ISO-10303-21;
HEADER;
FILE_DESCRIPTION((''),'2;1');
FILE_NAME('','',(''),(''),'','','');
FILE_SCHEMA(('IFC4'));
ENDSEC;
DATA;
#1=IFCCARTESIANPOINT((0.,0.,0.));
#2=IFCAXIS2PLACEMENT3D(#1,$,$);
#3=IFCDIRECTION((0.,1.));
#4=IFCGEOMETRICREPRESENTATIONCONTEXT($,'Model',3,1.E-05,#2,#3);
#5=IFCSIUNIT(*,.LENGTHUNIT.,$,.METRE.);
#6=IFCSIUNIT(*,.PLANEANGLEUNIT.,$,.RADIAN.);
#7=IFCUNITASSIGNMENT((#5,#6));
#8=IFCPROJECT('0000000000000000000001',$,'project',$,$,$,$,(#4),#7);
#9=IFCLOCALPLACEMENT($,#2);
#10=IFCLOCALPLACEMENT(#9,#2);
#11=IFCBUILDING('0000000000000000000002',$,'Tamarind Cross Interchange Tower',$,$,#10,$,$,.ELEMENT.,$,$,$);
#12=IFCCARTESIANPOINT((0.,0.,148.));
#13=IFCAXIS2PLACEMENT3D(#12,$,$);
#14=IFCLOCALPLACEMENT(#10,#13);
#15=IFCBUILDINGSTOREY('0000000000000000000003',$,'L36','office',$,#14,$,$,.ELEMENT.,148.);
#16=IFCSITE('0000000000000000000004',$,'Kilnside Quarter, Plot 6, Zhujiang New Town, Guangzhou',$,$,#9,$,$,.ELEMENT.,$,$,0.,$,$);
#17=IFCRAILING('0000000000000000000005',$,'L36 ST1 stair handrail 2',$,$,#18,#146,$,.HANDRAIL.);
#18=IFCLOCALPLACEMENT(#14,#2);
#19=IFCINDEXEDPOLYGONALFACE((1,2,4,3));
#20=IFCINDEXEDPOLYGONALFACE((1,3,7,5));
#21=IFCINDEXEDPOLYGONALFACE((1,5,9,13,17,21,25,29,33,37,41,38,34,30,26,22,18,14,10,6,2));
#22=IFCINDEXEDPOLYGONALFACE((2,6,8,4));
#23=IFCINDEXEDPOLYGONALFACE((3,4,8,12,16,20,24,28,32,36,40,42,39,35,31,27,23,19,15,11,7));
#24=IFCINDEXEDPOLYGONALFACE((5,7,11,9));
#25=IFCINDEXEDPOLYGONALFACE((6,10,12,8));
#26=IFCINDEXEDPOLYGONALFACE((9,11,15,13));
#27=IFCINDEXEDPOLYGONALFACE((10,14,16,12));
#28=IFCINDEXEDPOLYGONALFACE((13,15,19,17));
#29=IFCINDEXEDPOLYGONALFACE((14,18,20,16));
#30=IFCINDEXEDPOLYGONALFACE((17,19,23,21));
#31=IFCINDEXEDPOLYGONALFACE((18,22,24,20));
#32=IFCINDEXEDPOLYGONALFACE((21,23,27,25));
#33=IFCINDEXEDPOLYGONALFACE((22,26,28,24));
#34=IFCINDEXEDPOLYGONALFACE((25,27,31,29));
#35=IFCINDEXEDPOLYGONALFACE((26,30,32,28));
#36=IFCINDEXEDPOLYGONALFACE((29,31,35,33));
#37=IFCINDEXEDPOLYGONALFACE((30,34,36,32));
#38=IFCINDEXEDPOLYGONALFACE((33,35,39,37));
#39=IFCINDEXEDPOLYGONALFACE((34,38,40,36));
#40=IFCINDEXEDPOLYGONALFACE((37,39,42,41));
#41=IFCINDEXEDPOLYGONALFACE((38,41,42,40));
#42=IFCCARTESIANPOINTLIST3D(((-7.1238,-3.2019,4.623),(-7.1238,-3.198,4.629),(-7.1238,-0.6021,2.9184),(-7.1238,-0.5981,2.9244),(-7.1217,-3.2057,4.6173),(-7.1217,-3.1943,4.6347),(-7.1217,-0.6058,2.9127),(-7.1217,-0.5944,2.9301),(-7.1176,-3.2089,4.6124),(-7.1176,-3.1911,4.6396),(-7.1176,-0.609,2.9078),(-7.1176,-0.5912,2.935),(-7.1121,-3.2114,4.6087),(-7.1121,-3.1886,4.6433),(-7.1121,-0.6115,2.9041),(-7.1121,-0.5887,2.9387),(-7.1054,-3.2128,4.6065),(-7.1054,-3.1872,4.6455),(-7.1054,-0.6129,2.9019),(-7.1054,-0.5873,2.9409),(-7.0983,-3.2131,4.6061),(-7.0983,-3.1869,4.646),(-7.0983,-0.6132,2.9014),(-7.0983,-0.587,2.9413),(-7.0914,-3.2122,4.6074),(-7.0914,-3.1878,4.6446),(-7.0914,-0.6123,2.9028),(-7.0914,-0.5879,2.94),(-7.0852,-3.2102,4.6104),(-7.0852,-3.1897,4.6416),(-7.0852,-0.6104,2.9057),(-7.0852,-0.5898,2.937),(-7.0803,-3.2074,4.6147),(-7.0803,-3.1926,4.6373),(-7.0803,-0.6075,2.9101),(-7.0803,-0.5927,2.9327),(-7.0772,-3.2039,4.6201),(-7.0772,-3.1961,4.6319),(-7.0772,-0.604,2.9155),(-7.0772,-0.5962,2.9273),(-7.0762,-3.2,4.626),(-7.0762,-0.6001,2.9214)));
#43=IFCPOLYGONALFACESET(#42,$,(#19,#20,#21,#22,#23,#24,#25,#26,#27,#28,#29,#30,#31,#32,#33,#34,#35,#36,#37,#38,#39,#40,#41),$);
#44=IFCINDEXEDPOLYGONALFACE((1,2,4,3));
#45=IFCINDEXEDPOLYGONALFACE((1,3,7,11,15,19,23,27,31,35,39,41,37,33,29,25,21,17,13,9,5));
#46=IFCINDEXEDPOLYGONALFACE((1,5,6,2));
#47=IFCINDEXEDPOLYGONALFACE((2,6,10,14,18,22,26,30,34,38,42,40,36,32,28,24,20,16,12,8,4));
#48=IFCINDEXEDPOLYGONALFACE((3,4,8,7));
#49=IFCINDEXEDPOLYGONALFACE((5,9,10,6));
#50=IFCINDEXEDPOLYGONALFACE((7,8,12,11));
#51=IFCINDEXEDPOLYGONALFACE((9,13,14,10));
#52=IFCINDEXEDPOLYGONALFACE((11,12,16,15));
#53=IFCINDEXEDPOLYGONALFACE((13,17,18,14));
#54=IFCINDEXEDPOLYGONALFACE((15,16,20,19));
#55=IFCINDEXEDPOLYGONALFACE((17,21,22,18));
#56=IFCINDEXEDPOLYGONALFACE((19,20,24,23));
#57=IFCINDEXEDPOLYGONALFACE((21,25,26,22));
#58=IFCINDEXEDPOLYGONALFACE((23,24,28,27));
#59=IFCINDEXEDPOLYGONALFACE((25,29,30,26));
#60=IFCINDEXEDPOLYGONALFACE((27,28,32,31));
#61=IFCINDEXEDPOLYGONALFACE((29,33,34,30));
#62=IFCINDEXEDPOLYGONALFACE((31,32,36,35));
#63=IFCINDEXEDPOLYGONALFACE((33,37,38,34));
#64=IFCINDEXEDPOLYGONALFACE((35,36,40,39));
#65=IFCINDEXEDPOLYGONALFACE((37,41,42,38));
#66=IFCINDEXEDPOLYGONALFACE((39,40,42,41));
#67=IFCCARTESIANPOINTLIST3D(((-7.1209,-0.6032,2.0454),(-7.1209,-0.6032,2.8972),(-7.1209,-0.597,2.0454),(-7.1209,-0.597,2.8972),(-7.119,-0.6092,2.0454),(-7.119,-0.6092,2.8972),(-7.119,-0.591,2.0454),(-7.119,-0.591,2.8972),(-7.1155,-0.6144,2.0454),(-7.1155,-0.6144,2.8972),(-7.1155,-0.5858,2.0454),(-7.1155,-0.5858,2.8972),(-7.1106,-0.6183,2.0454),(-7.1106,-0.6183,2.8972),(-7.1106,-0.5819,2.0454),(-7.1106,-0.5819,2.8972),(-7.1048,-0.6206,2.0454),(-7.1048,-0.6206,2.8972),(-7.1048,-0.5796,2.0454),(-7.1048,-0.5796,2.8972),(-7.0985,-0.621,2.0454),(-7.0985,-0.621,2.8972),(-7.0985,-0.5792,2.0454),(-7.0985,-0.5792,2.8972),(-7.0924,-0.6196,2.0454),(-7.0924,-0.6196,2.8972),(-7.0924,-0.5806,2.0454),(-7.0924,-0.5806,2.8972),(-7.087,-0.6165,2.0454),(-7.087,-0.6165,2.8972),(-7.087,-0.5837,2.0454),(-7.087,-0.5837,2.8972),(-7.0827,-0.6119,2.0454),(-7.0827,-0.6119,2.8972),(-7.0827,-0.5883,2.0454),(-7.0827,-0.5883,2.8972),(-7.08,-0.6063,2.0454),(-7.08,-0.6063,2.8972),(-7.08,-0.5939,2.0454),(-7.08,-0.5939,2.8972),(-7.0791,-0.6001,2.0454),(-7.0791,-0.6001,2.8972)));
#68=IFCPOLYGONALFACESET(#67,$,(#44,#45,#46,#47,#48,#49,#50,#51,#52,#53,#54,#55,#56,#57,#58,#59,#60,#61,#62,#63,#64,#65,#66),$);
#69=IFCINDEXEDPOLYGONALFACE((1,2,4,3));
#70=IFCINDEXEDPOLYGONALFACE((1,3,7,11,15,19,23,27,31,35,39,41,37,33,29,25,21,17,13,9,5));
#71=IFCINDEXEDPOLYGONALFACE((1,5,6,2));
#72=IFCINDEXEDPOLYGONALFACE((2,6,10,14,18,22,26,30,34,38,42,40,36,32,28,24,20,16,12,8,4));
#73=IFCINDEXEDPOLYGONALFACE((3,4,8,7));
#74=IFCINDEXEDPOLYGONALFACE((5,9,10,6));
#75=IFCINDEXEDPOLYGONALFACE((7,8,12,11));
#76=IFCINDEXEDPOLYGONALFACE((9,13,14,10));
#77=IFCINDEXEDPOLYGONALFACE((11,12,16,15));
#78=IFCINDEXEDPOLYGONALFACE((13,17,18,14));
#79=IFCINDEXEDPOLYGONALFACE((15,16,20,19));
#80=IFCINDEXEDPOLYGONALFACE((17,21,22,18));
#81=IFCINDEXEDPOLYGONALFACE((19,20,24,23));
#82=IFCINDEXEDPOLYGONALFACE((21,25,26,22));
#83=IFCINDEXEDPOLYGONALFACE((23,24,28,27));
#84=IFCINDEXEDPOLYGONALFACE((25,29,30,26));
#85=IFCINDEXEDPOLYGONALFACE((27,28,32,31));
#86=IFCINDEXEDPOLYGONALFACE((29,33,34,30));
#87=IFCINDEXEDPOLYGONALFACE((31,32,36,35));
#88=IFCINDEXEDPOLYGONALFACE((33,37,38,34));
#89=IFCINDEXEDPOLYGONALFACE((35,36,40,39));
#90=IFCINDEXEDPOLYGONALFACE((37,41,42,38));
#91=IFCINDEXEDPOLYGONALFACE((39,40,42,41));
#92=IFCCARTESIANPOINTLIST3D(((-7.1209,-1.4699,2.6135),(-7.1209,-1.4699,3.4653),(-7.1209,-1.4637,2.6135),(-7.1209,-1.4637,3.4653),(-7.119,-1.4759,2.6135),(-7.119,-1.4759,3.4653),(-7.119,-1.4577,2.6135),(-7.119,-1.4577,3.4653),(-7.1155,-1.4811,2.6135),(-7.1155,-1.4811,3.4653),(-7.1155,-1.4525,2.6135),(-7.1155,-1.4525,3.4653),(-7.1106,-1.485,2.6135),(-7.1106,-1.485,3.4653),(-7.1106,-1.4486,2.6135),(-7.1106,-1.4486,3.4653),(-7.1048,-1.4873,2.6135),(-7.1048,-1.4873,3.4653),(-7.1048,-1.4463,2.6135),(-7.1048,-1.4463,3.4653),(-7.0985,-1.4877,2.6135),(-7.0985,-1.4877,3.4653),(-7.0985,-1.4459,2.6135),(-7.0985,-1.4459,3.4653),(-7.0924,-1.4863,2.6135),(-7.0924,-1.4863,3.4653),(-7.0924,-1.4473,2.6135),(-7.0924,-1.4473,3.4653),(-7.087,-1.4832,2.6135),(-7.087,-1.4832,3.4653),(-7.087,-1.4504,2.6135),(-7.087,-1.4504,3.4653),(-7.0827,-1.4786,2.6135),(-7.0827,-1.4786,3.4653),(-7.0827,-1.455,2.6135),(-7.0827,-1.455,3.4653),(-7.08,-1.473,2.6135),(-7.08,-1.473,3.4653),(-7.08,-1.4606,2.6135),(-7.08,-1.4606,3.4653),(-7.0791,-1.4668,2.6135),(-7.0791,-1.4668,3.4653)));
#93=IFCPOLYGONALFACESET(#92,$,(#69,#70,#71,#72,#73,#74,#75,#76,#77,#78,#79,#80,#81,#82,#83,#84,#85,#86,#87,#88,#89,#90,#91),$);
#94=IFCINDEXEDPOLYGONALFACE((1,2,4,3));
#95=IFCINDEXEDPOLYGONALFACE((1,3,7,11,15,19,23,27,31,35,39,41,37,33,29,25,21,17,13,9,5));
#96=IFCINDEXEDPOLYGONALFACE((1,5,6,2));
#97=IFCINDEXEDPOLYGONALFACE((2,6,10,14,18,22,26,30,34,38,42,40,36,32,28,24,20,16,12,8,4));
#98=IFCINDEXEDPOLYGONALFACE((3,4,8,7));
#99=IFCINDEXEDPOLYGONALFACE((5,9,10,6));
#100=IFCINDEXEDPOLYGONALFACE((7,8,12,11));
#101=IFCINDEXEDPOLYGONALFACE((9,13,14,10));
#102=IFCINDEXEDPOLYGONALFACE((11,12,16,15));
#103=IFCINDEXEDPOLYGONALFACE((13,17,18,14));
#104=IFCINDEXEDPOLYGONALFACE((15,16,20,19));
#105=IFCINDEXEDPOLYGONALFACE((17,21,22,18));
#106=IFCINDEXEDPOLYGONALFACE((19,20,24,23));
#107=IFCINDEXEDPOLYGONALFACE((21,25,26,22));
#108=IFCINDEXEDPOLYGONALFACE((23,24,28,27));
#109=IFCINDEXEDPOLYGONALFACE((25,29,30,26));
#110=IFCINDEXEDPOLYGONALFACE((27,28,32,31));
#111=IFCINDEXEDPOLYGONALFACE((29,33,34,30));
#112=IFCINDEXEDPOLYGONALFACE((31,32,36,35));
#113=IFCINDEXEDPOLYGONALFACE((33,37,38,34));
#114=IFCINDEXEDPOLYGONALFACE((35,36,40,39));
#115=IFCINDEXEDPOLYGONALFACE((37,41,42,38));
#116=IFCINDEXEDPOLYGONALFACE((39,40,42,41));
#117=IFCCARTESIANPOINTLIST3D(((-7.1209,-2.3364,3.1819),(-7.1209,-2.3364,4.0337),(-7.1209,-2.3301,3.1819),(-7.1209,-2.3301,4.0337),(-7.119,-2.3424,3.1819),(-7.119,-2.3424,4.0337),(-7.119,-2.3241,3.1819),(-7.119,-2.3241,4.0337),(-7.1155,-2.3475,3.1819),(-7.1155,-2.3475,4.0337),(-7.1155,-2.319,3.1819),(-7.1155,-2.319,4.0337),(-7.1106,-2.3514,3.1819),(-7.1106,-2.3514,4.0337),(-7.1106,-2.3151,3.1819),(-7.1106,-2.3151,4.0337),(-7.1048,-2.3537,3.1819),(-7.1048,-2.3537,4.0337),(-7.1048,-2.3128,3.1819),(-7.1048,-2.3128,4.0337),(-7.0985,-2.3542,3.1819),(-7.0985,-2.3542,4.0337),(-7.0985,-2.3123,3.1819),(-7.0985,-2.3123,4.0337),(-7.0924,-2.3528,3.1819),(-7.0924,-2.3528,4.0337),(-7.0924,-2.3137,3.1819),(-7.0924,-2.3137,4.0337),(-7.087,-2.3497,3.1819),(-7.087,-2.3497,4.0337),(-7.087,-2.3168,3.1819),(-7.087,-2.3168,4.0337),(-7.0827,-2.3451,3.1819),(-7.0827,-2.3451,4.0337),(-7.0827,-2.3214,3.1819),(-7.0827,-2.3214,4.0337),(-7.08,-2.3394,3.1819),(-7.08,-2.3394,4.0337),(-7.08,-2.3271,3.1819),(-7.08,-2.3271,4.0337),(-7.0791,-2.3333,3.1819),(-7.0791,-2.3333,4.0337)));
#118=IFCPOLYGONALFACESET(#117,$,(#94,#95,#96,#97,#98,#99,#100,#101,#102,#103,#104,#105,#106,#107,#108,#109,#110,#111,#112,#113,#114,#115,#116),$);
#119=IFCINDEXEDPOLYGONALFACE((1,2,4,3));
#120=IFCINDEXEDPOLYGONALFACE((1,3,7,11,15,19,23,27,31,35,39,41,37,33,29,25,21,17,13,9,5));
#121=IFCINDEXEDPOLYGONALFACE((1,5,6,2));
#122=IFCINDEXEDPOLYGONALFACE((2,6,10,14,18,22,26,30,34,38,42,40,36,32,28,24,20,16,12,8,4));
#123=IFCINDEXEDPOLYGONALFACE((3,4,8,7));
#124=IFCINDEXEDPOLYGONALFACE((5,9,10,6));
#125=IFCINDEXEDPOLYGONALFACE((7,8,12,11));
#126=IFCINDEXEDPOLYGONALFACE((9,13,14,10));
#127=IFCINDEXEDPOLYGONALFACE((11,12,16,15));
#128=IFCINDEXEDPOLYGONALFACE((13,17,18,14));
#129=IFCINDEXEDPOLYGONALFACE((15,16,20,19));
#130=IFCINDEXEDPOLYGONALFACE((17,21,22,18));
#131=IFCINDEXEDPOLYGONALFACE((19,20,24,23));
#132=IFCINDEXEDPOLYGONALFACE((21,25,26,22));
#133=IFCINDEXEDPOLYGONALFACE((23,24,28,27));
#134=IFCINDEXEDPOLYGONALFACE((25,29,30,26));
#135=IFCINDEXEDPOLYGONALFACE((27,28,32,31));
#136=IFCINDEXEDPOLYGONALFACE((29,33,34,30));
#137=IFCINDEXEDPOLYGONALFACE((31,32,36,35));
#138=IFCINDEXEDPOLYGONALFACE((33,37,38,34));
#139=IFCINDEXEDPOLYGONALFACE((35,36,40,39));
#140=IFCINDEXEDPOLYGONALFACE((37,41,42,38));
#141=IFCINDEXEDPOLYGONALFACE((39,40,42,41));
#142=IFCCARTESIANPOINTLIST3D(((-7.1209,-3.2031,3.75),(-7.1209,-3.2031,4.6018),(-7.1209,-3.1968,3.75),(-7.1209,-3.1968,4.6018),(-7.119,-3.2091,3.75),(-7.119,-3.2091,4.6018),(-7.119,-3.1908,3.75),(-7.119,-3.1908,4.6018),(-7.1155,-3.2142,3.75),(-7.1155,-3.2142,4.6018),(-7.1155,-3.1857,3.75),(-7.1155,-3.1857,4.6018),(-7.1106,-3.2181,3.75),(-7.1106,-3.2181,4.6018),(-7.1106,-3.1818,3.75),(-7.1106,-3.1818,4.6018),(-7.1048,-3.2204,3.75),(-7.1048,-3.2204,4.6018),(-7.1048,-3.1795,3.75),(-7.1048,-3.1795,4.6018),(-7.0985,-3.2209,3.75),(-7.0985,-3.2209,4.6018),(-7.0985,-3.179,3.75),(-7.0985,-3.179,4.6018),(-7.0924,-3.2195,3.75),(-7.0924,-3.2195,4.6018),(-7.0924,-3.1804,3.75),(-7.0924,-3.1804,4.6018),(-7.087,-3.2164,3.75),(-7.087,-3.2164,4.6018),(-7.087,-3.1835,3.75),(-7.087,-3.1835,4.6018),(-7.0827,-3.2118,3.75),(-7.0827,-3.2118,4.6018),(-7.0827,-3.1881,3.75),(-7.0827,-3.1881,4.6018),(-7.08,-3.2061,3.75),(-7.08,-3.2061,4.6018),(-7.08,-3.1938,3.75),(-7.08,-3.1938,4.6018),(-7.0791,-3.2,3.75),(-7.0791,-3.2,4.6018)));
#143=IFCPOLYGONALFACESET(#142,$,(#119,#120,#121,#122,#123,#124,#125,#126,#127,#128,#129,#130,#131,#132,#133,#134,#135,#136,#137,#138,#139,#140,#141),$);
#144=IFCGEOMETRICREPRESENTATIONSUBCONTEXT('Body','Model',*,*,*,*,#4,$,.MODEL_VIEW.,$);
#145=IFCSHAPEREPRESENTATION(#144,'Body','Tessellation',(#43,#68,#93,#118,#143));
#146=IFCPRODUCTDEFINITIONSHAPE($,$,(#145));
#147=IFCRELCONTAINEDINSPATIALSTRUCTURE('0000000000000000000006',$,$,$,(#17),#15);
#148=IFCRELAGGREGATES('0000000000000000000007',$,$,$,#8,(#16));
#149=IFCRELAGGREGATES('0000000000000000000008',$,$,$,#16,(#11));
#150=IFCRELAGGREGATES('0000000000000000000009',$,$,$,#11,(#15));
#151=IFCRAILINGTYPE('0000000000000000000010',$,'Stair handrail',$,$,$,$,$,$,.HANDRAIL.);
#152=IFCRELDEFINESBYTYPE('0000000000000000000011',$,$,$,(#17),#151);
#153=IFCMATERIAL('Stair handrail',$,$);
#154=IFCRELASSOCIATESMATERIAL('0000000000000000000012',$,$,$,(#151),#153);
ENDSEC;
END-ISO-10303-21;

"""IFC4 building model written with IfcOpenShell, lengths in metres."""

from ifc_helpers import new_model, si_unit, direction, frame, origin, origin_2d, place, context, subcontext, project, spatial, circle, extrude, material, type_object, element, save


model = new_model("IFC4")

# Units and contexts
model_context = context("Model", 3, precision=1e-05, world=origin(), true_north=direction((0.0, 1.0)))
body_context = subcontext(model_context, "Body", "Model", "MODEL_VIEW")
ifc_project = project(units=[si_unit("LENGTHUNIT", "METRE"), si_unit("PLANEANGLEUNIT", "RADIAN")], contexts=[model_context])

# Site, building, storey
site_placement = place(None, origin())
site = spatial("IfcSite", under=ifc_project, at=site_placement, Name="Kilnside Quarter, Plot 6, Zhujiang New Town, Guangzhou", CompositionType="ELEMENT", RefElevation=0.0)
building_placement = place(site_placement, origin())
building = spatial("IfcBuilding", under=site, at=building_placement, Name="Tamarind Cross Interchange Tower", CompositionType="ELEMENT")
storey_placement = place(building_placement, frame((0.0, 0.0, 148.0)))
storey = spatial("IfcBuildingStorey", under=building, at=storey_placement, Name="L36", Description="office", CompositionType="ELEMENT", Elevation=148.0)

# Railing
ifc_material_1 = material(Name="Stair handrail")
railing_type_1 = type_object("IfcRailingType", Name="Stair handrail", PredefinedType="HANDRAIL", material=ifc_material_1)
railing_1_placement = place(storey_placement, frame((-7.1001, -0.6001, 2.0454)))
element("IfcRailing", 1, at=railing_1_placement, inside=storey, type_object=railing_type_1, Name="L36 ST1 stair handrail 2", PredefinedType="HANDRAIL", context=body_context, shape_type="SweptSolid", body=[
    extrude(circle(Radius=0.0239, at=origin_2d()), frame((0.0, 0.0, 0.876), z_axis=(0.0, -0.836279, 0.548305), x_axis=(1.0, 0.0, 0.0)), (0.0, 0.0, 1.0), 3.1089),
    extrude(circle(Radius=0.021, at=origin_2d()), origin(), (0.0, 0.0, 1.0), 0.8518),
    extrude(circle(Radius=0.021, at=origin_2d()), frame((0.0, -0.8667, 0.5681)), (0.0, 0.0, 1.0), 0.8518),
    extrude(circle(Radius=0.021, at=origin_2d()), frame((0.0, -1.7332, 1.1365)), (0.0, 0.0, 1.0), 0.8518),
    extrude(circle(Radius=0.021, at=origin_2d()), frame((0.0, -2.5999, 1.7046)), (0.0, 0.0, 1.0), 0.8518),
])

save(model, "model.ifc")
